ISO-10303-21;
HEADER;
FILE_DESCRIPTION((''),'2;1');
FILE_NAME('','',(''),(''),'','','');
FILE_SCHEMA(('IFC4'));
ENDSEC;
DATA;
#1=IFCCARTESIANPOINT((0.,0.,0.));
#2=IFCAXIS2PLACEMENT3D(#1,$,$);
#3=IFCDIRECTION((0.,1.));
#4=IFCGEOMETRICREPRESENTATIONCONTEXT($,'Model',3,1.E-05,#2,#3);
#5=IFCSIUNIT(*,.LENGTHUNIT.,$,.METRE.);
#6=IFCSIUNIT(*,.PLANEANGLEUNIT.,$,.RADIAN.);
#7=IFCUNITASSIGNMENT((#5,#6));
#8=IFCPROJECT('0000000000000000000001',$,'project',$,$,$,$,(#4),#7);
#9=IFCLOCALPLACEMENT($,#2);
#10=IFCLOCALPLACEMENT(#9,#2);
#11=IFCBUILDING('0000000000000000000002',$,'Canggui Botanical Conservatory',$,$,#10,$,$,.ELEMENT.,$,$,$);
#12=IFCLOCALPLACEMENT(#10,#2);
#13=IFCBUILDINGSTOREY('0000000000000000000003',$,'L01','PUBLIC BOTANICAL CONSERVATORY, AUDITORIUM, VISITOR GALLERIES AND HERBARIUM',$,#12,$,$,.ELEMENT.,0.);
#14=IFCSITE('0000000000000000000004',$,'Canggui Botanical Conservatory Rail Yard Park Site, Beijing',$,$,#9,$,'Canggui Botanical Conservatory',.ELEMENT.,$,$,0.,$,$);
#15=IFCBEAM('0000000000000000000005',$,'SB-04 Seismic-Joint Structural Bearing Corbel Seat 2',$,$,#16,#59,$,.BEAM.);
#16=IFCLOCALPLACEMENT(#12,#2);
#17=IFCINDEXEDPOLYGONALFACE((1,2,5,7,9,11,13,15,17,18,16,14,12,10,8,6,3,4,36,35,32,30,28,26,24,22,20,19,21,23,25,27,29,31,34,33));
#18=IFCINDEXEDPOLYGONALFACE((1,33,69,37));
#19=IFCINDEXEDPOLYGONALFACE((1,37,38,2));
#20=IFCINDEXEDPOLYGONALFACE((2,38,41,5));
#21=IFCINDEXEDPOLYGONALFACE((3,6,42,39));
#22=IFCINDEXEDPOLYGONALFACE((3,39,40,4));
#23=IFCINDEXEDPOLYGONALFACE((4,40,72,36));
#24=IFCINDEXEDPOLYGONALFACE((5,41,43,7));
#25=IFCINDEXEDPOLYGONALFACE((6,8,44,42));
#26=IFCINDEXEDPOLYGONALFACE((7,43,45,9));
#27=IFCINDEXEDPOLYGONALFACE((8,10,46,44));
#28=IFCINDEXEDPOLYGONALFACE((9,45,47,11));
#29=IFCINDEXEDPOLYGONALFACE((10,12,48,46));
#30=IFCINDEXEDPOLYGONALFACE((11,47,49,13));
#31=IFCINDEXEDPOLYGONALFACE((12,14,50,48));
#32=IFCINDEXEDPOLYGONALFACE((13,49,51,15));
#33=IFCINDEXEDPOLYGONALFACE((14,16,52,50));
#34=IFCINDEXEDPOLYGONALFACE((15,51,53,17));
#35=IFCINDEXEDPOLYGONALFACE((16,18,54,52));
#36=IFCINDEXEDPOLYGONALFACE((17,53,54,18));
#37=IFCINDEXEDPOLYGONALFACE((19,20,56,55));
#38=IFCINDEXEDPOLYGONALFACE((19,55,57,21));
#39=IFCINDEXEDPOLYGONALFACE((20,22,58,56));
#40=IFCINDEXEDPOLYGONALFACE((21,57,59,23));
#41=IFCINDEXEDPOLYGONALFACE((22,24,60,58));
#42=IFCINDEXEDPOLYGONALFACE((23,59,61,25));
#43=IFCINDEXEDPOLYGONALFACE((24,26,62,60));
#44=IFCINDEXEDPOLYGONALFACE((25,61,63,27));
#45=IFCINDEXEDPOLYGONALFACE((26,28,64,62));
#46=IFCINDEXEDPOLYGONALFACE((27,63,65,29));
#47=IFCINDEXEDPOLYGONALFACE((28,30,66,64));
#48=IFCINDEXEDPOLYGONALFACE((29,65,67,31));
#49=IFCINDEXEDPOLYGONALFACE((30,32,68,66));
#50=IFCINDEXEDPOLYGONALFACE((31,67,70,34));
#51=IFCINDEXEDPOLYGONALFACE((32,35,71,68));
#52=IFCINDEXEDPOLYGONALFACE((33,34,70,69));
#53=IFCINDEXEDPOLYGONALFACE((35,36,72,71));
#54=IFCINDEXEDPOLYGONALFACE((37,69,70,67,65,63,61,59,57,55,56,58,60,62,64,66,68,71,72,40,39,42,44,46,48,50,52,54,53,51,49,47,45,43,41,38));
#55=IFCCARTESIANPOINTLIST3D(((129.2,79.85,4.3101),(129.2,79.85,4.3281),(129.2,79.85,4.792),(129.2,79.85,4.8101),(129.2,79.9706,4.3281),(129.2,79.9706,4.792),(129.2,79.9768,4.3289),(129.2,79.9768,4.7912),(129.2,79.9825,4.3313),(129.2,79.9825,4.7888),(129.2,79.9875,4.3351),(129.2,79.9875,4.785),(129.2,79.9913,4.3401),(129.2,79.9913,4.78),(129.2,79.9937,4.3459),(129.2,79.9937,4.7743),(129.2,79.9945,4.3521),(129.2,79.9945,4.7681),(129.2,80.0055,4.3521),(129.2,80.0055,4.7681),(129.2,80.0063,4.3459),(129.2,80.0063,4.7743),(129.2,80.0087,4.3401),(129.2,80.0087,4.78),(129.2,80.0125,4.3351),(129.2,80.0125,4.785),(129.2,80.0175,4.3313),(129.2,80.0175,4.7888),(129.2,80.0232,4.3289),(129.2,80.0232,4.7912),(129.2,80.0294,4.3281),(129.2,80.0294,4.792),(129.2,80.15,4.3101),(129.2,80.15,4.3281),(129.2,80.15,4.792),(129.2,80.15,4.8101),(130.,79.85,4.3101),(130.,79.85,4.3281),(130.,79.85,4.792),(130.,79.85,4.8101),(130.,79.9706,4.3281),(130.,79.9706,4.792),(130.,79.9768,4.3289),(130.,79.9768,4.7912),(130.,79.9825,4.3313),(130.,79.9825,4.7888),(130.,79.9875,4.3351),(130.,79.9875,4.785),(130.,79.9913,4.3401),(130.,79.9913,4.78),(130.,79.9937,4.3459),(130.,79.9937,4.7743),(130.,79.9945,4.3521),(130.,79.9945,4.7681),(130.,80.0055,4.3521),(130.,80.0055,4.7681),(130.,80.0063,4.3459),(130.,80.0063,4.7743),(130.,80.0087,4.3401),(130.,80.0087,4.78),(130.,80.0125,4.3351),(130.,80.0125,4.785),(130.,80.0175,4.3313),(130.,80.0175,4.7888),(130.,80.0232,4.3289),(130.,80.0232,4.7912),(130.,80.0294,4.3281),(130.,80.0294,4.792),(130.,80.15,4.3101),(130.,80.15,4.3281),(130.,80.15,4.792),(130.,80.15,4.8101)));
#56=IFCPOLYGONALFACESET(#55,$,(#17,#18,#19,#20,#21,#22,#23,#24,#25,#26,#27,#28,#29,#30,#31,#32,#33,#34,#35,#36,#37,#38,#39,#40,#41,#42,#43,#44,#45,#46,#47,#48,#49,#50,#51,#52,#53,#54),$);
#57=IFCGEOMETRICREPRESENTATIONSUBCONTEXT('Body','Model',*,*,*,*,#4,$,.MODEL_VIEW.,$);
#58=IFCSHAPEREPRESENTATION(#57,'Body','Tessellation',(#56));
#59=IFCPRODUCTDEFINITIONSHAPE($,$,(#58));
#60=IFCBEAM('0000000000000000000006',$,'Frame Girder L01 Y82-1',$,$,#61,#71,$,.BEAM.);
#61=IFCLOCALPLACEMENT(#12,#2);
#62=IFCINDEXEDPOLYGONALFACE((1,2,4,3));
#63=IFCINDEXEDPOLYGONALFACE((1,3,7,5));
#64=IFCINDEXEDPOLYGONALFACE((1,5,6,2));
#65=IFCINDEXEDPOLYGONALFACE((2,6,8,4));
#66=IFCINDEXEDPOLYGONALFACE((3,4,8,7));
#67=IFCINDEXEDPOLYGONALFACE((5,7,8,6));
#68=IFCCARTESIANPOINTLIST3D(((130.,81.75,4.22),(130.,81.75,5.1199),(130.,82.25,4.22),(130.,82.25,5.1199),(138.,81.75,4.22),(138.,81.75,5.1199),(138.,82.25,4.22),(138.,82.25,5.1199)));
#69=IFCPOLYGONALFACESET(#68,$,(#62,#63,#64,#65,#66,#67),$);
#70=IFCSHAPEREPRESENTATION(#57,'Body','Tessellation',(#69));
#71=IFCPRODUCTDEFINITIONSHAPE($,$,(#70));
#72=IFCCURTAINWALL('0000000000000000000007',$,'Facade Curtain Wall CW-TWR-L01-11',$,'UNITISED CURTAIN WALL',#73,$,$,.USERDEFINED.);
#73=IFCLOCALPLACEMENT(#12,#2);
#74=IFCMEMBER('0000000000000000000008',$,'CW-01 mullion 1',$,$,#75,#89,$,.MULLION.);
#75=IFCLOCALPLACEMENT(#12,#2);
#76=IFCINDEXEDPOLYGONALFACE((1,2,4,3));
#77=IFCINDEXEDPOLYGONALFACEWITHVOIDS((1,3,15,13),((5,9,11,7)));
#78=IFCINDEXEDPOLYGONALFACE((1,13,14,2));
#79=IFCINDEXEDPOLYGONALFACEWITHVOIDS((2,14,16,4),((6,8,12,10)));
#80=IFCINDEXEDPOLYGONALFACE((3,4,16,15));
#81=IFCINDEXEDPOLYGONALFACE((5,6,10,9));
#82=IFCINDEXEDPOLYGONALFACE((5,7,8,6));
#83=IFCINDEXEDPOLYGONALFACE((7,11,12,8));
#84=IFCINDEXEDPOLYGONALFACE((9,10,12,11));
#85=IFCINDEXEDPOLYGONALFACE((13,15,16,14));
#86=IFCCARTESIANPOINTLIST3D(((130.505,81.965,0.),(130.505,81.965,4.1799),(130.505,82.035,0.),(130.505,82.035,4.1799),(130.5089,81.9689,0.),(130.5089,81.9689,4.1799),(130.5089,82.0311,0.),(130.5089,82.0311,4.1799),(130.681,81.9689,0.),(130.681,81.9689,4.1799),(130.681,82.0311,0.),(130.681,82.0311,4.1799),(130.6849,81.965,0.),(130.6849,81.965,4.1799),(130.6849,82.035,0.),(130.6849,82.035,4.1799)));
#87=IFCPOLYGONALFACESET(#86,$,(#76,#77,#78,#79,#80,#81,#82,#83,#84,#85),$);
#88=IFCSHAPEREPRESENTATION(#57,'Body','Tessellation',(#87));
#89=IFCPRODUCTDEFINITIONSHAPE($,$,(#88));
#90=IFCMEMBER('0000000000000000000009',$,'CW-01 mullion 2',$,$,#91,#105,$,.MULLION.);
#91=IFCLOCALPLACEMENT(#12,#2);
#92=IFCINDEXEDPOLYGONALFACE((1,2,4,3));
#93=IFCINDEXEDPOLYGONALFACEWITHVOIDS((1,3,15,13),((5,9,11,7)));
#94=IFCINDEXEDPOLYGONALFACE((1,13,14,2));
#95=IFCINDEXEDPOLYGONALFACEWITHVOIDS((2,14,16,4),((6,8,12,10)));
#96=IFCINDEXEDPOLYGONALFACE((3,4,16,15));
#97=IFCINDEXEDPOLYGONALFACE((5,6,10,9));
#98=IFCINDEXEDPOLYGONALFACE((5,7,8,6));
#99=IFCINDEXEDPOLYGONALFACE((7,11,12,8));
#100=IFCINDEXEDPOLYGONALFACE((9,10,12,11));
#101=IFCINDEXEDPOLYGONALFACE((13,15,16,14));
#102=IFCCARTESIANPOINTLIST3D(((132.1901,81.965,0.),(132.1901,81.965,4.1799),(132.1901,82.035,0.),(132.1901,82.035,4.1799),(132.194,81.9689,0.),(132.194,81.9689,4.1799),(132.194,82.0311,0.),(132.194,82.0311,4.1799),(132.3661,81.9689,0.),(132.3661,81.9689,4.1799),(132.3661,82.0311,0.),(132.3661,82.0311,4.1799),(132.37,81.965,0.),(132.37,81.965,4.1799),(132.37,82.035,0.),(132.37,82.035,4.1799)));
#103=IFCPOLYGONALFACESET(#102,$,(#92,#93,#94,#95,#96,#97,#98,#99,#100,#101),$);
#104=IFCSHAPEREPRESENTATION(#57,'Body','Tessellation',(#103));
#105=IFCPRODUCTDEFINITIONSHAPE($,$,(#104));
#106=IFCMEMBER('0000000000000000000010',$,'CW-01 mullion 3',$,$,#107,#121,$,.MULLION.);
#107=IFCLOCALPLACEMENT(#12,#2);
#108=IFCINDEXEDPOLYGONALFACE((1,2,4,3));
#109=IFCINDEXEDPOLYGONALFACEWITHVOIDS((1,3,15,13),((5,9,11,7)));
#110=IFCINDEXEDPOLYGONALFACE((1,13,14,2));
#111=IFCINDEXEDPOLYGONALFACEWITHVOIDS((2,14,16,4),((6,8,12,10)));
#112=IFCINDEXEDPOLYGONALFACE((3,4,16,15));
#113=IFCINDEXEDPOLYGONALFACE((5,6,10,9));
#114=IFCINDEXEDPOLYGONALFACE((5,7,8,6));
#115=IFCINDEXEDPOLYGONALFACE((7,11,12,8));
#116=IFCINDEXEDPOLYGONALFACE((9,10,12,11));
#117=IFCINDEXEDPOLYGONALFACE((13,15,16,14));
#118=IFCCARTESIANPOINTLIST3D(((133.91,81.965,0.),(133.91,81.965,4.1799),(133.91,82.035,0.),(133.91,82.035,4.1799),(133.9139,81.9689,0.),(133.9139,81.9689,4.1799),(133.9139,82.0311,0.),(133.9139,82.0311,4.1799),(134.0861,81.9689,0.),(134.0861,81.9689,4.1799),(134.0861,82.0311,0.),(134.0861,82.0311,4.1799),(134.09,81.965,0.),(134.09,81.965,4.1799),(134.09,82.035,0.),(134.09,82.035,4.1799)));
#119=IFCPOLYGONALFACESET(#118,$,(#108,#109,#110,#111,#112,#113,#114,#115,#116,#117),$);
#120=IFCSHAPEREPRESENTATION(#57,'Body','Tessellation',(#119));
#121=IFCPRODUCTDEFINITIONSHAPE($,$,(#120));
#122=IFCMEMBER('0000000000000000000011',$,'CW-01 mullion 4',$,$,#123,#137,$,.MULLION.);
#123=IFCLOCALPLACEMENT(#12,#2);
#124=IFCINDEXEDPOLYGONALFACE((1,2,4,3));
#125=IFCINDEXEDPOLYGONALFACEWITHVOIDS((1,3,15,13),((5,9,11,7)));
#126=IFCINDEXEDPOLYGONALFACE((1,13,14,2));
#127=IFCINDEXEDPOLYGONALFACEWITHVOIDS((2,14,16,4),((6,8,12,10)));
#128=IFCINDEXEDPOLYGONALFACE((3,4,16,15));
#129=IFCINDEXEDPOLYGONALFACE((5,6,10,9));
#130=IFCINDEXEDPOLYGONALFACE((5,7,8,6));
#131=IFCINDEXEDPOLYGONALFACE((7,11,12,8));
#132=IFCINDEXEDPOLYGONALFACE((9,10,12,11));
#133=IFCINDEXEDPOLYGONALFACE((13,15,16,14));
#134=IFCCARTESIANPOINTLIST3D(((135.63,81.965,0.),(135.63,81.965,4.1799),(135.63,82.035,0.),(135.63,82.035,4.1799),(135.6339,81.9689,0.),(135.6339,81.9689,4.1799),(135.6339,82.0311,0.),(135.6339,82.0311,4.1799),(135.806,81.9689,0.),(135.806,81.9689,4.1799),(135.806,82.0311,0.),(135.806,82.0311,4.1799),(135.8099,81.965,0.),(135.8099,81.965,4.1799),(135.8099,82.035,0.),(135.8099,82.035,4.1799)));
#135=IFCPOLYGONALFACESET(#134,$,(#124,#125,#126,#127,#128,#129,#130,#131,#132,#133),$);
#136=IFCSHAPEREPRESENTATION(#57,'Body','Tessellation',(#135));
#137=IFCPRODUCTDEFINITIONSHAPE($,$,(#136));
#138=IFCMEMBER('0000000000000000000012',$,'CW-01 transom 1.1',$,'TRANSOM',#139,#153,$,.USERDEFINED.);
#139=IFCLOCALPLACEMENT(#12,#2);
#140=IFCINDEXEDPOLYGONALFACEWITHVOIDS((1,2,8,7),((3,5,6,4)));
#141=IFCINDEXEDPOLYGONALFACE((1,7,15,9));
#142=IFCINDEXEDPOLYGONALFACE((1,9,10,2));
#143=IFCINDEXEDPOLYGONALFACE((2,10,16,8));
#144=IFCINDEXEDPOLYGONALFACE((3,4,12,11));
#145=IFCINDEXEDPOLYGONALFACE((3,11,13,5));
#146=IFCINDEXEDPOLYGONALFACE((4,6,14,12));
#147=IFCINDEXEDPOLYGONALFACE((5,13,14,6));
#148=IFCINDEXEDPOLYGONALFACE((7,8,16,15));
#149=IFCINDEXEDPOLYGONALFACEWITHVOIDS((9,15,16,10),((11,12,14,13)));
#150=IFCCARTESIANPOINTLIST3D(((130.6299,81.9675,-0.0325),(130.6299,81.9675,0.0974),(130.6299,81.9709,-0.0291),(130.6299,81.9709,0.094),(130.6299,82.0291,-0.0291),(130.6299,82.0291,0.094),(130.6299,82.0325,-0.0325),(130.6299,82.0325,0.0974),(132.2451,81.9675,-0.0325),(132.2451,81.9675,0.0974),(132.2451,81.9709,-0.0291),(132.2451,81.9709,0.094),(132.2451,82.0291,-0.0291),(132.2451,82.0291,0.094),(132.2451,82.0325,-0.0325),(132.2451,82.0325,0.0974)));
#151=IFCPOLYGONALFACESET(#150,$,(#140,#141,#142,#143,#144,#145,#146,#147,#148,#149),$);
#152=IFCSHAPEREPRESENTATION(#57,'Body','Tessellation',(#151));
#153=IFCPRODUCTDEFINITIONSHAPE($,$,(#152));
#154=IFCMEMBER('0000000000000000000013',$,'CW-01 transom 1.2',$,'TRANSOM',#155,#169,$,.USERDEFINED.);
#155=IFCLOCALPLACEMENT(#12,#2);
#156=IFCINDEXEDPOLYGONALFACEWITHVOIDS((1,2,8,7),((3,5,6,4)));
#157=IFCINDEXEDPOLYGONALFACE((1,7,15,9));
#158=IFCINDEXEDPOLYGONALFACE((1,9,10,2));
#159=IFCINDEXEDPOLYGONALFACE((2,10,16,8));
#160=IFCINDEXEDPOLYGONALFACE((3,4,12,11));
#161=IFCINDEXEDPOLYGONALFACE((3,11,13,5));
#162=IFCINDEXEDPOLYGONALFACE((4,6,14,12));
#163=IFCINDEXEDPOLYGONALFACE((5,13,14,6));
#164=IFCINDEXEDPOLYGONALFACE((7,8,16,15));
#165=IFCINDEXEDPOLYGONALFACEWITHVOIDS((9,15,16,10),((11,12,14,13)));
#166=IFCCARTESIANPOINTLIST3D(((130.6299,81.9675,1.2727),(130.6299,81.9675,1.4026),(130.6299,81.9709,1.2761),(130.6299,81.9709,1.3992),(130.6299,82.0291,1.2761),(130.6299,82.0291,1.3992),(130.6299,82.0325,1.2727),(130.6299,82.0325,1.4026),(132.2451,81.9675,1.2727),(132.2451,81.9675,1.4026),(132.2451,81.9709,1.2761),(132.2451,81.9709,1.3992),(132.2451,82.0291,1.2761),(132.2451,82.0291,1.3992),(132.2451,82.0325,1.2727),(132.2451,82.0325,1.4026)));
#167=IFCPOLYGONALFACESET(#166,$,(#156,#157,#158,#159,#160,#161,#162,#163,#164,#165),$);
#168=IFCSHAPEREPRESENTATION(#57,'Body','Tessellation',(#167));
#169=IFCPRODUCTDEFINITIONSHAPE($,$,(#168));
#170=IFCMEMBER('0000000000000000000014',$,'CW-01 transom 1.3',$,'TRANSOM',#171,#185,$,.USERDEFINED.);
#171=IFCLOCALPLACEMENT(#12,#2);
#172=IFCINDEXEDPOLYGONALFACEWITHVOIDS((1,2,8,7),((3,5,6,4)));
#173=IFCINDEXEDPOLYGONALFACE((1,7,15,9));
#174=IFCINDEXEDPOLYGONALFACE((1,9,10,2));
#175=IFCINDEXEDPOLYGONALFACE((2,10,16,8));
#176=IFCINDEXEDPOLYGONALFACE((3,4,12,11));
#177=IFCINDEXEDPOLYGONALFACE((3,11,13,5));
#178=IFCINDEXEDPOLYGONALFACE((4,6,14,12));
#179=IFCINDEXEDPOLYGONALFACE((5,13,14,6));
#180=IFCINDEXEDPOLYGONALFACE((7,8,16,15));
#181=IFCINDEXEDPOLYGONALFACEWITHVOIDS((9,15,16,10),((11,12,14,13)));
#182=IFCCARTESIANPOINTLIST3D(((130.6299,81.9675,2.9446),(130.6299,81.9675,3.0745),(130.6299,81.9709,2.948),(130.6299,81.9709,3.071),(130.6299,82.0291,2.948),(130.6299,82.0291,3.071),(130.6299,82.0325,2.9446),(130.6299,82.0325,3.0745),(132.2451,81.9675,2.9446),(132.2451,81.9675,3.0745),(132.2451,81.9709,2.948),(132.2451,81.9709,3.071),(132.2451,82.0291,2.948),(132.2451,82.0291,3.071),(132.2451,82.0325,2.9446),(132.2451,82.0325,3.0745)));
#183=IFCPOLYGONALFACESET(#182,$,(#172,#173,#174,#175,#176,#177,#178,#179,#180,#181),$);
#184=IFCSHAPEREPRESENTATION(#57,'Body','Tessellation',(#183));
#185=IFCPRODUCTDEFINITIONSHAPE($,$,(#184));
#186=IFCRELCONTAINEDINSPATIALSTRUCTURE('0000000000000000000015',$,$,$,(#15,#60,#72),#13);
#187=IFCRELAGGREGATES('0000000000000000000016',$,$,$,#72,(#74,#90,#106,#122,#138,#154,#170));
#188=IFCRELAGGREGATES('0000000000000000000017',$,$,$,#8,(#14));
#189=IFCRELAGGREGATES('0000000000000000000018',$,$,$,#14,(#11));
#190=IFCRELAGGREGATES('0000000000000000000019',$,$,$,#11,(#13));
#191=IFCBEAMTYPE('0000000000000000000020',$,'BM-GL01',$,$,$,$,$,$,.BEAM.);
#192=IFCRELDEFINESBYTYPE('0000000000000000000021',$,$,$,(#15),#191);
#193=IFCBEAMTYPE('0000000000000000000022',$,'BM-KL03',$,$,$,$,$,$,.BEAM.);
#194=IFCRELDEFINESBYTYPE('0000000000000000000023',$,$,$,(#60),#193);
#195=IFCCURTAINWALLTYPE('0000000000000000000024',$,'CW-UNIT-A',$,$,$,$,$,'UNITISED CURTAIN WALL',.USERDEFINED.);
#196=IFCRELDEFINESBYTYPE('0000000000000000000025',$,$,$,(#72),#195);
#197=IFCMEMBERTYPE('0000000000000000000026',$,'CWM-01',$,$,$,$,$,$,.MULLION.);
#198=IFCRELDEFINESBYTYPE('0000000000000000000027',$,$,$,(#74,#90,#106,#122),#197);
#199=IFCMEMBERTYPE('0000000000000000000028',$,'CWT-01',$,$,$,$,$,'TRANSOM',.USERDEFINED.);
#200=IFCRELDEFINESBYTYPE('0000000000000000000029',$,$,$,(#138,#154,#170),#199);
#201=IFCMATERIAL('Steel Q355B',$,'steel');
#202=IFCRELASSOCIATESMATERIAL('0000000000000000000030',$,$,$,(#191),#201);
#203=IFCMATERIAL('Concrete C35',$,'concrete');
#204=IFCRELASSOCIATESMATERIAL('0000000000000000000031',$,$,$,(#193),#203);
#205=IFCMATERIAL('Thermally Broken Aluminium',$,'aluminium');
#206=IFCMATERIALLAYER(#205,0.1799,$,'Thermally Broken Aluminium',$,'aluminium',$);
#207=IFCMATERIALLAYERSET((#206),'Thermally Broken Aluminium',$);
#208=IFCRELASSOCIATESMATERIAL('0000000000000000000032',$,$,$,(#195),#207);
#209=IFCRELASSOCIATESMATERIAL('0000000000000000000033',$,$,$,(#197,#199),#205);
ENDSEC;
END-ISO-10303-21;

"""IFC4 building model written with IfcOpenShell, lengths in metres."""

from ifc_helpers import new_model, si_unit, direction, frame, origin, origin_2d, place, context, subcontext, project, spatial, rectangle, hollow_rectangle, i_section, extrude, material, layer, layer_set, material_profile, profile_set, type_object, element, aggregate, save


model = new_model("IFC4")

# Units and contexts
model_context = context("Model", 3, precision=1e-05, world=origin(), true_north=direction((0.0, 1.0)))
body_context = subcontext(model_context, "Body", "Model", "MODEL_VIEW")
ifc_project = project(units=[si_unit("LENGTHUNIT", "METRE"), si_unit("PLANEANGLEUNIT", "RADIAN")], contexts=[model_context])

# Site, building, storey
site_placement = place(None, origin())
site = spatial("IfcSite", under=ifc_project, at=site_placement, Name="Canggui Botanical Conservatory Rail Yard Park Site, Beijing", LongName="Canggui Botanical Conservatory", CompositionType="ELEMENT", RefElevation=0.0)
building_placement = place(site_placement, origin())
building = spatial("IfcBuilding", under=site, at=building_placement, Name="Canggui Botanical Conservatory", CompositionType="ELEMENT")
storey_placement = place(building_placement, origin())
storey = spatial("IfcBuildingStorey", under=building, at=storey_placement, Name="L01", Description="PUBLIC BOTANICAL CONSERVATORY, AUDITORIUM, VISITOR GALLERIES AND HERBARIUM", CompositionType="ELEMENT", Elevation=0.0)

# Shared definitions
ifc_material_1 = material(Name="Concrete C35", Category="concrete")

# Beams
ifc_material_2 = material(Name="Steel Q355B", Category="steel")
ifc_material_profile_1 = material_profile(ifc_material_2, i_section(OverallWidth=0.3, OverallDepth=0.5, WebThickness=0.011, FlangeThickness=0.0181, FilletRadius=0.0239, at=origin_2d()), Name="HM 500x300x11x18")
ifc_profile_set_1 = profile_set([ifc_material_profile_1], Name="Steel Q355B")
beam_type_1 = type_object("IfcBeamType", Name="BM-GL01", PredefinedType="BEAM", material=ifc_profile_set_1)
beam_1_placement = place(storey_placement, frame((130.0, 80.0, 4.5601), z_axis=(-1.0, 0.0, 0.0), x_axis=(0.0, -1.0, 0.0)))
element("IfcBeam", 1, at=beam_1_placement, inside=storey, type_object=beam_type_1, Name="SB-04 Seismic-Joint Structural Bearing Corbel Seat 2", PredefinedType="BEAM", context=body_context, shape_type="SweptSolid", body=[
    extrude(i_section(OverallWidth=0.3, OverallDepth=0.5, WebThickness=0.011, FlangeThickness=0.0181, FilletRadius=0.0239, at=origin_2d()), origin(), (0.0, 0.0, 1.0), 0.8),
])
ifc_material_profile_2 = material_profile(ifc_material_1, rectangle(XDim=0.5, YDim=0.8999, at=origin_2d()), Name="RB 500x900")
ifc_profile_set_2 = profile_set([ifc_material_profile_2], Name="Concrete C35")
beam_type_2 = type_object("IfcBeamType", Name="BM-KL03", PredefinedType="BEAM", material=ifc_profile_set_2)
beam_2_placement = place(storey_placement, frame((130.0, 82.0, 4.6699), z_axis=(1.0, 0.0, 0.0), x_axis=(0.0, 1.0, 0.0)))
element("IfcBeam", 2, at=beam_2_placement, inside=storey, type_object=beam_type_2, Name="Frame Girder L01 Y82-1", PredefinedType="BEAM", context=body_context, shape_type="SweptSolid", body=[
    extrude(rectangle(XDim=0.5, YDim=0.8999, at=origin_2d()), origin(), (0.0, 0.0, 1.0), 8.0),
])

# Curtain wall, members
ifc_material_3 = material(Name="Thermally Broken Aluminium", Category="aluminium")
ifc_layer_1 = layer(ifc_material_3, 0.1799, Name="Thermally Broken Aluminium", Category="aluminium")
ifc_layer_set_1 = layer_set([ifc_layer_1], Name="Thermally Broken Aluminium")
curtain_wall_type = type_object("IfcCurtainWallType", Name="CW-UNIT-A", ElementType="UNITISED CURTAIN WALL", PredefinedType="USERDEFINED", material=ifc_layer_set_1)
curtain_wall_placement = place(storey_placement, origin())
curtain_wall = element("IfcCurtainWall", 3, at=curtain_wall_placement, inside=storey, type_object=curtain_wall_type, Name="Facade Curtain Wall CW-TWR-L01-11", ObjectType="UNITISED CURTAIN WALL", PredefinedType="USERDEFINED")
ifc_material_profile_3 = material_profile(ifc_material_3, hollow_rectangle(XDim=0.0701, YDim=0.1799, WallThickness=0.0039, at=origin_2d()), Name="CWM 70x180x4")
ifc_profile_set_3 = profile_set([ifc_material_profile_3], Name="Thermally Broken Aluminium")
member_type_1 = type_object("IfcMemberType", Name="CWM-01", PredefinedType="MULLION", material=ifc_profile_set_3)
member_1_placement = place(storey_placement, frame((130.595, 82.0, 0.0), z_axis=(0.0, 0.0, 1.0), x_axis=(0.0, 1.0, 0.0)))
member_1 = element("IfcMember", 4, at=member_1_placement, type_object=member_type_1, Name="CW-01 mullion 1", PredefinedType="MULLION", context=body_context, shape_type="SweptSolid", body=[
    extrude(hollow_rectangle(XDim=0.0701, YDim=0.1799, WallThickness=0.0039, at=origin_2d()), origin(), (0.0, 0.0, 1.0), 4.1799),
])
member_2_placement = place(storey_placement, frame((132.28, 82.0, 0.0), z_axis=(0.0, 0.0, 1.0), x_axis=(0.0, 1.0, 0.0)))
member_2 = element("IfcMember", 5, at=member_2_placement, type_object=member_type_1, Name="CW-01 mullion 2", PredefinedType="MULLION", context=body_context, shape_type="SweptSolid", body=[
    extrude(hollow_rectangle(XDim=0.0701, YDim=0.1799, WallThickness=0.0039, at=origin_2d()), origin(), (0.0, 0.0, 1.0), 4.1799),
])
member_3_placement = place(storey_placement, frame((134.0, 82.0, 0.0), z_axis=(0.0, 0.0, 1.0), x_axis=(0.0, 1.0, 0.0)))
member_3 = element("IfcMember", 6, at=member_3_placement, type_object=member_type_1, Name="CW-01 mullion 3", PredefinedType="MULLION", context=body_context, shape_type="SweptSolid", body=[
    extrude(hollow_rectangle(XDim=0.0701, YDim=0.1799, WallThickness=0.0039, at=origin_2d()), origin(), (0.0, 0.0, 1.0), 4.1799),
])
member_4_placement = place(storey_placement, frame((135.72, 82.0, 0.0), z_axis=(0.0, 0.0, 1.0), x_axis=(0.0, 1.0, 0.0)))
member_4 = element("IfcMember", 7, at=member_4_placement, type_object=member_type_1, Name="CW-01 mullion 4", PredefinedType="MULLION", context=body_context, shape_type="SweptSolid", body=[
    extrude(hollow_rectangle(XDim=0.0701, YDim=0.1799, WallThickness=0.0039, at=origin_2d()), origin(), (0.0, 0.0, 1.0), 4.1799),
])
ifc_material_profile_4 = material_profile(ifc_material_3, hollow_rectangle(XDim=0.0649, YDim=0.1299, WallThickness=0.0034, at=origin_2d()), Name="CWT 65x130x3.5")
ifc_profile_set_4 = profile_set([ifc_material_profile_4], Name="Thermally Broken Aluminium")
member_type_2 = type_object("IfcMemberType", Name="CWT-01", ElementType="TRANSOM", PredefinedType="USERDEFINED", material=ifc_profile_set_4)
member_5_placement = place(storey_placement, frame((130.6299, 82.0, 0.0325), z_axis=(1.0, 0.0, 0.0), x_axis=(0.0, 1.0, 0.0)))
member_5 = element("IfcMember", 8, at=member_5_placement, type_object=member_type_2, Name="CW-01 transom 1.1", ObjectType="TRANSOM", PredefinedType="USERDEFINED", context=body_context, shape_type="SweptSolid", body=[
    extrude(hollow_rectangle(XDim=0.0649, YDim=0.1299, WallThickness=0.0034, at=origin_2d()), origin(), (0.0, 0.0, 1.0), 1.6152),
])
member_6_placement = place(storey_placement, frame((130.6299, 82.0, 1.3376), z_axis=(1.0, 0.0, 0.0), x_axis=(0.0, 1.0, 0.0)))
member_6 = element("IfcMember", 9, at=member_6_placement, type_object=member_type_2, Name="CW-01 transom 1.2", ObjectType="TRANSOM", PredefinedType="USERDEFINED", context=body_context, shape_type="SweptSolid", body=[
    extrude(hollow_rectangle(XDim=0.0649, YDim=0.1299, WallThickness=0.0034, at=origin_2d()), origin(), (0.0, 0.0, 1.0), 1.6152),
])
member_7_placement = place(storey_placement, frame((130.6299, 82.0, 3.0095), z_axis=(1.0, 0.0, 0.0), x_axis=(0.0, 1.0, 0.0)))
member_7 = element("IfcMember", 10, at=member_7_placement, type_object=member_type_2, Name="CW-01 transom 1.3", ObjectType="TRANSOM", PredefinedType="USERDEFINED", context=body_context, shape_type="SweptSolid", body=[
    extrude(hollow_rectangle(XDim=0.0649, YDim=0.1299, WallThickness=0.0034, at=origin_2d()), origin(), (0.0, 0.0, 1.0), 1.6152),
])
aggregate(curtain_wall, [member_1, member_2, member_3, member_4, member_5, member_6, member_7])

save(model, "model.ifc")
